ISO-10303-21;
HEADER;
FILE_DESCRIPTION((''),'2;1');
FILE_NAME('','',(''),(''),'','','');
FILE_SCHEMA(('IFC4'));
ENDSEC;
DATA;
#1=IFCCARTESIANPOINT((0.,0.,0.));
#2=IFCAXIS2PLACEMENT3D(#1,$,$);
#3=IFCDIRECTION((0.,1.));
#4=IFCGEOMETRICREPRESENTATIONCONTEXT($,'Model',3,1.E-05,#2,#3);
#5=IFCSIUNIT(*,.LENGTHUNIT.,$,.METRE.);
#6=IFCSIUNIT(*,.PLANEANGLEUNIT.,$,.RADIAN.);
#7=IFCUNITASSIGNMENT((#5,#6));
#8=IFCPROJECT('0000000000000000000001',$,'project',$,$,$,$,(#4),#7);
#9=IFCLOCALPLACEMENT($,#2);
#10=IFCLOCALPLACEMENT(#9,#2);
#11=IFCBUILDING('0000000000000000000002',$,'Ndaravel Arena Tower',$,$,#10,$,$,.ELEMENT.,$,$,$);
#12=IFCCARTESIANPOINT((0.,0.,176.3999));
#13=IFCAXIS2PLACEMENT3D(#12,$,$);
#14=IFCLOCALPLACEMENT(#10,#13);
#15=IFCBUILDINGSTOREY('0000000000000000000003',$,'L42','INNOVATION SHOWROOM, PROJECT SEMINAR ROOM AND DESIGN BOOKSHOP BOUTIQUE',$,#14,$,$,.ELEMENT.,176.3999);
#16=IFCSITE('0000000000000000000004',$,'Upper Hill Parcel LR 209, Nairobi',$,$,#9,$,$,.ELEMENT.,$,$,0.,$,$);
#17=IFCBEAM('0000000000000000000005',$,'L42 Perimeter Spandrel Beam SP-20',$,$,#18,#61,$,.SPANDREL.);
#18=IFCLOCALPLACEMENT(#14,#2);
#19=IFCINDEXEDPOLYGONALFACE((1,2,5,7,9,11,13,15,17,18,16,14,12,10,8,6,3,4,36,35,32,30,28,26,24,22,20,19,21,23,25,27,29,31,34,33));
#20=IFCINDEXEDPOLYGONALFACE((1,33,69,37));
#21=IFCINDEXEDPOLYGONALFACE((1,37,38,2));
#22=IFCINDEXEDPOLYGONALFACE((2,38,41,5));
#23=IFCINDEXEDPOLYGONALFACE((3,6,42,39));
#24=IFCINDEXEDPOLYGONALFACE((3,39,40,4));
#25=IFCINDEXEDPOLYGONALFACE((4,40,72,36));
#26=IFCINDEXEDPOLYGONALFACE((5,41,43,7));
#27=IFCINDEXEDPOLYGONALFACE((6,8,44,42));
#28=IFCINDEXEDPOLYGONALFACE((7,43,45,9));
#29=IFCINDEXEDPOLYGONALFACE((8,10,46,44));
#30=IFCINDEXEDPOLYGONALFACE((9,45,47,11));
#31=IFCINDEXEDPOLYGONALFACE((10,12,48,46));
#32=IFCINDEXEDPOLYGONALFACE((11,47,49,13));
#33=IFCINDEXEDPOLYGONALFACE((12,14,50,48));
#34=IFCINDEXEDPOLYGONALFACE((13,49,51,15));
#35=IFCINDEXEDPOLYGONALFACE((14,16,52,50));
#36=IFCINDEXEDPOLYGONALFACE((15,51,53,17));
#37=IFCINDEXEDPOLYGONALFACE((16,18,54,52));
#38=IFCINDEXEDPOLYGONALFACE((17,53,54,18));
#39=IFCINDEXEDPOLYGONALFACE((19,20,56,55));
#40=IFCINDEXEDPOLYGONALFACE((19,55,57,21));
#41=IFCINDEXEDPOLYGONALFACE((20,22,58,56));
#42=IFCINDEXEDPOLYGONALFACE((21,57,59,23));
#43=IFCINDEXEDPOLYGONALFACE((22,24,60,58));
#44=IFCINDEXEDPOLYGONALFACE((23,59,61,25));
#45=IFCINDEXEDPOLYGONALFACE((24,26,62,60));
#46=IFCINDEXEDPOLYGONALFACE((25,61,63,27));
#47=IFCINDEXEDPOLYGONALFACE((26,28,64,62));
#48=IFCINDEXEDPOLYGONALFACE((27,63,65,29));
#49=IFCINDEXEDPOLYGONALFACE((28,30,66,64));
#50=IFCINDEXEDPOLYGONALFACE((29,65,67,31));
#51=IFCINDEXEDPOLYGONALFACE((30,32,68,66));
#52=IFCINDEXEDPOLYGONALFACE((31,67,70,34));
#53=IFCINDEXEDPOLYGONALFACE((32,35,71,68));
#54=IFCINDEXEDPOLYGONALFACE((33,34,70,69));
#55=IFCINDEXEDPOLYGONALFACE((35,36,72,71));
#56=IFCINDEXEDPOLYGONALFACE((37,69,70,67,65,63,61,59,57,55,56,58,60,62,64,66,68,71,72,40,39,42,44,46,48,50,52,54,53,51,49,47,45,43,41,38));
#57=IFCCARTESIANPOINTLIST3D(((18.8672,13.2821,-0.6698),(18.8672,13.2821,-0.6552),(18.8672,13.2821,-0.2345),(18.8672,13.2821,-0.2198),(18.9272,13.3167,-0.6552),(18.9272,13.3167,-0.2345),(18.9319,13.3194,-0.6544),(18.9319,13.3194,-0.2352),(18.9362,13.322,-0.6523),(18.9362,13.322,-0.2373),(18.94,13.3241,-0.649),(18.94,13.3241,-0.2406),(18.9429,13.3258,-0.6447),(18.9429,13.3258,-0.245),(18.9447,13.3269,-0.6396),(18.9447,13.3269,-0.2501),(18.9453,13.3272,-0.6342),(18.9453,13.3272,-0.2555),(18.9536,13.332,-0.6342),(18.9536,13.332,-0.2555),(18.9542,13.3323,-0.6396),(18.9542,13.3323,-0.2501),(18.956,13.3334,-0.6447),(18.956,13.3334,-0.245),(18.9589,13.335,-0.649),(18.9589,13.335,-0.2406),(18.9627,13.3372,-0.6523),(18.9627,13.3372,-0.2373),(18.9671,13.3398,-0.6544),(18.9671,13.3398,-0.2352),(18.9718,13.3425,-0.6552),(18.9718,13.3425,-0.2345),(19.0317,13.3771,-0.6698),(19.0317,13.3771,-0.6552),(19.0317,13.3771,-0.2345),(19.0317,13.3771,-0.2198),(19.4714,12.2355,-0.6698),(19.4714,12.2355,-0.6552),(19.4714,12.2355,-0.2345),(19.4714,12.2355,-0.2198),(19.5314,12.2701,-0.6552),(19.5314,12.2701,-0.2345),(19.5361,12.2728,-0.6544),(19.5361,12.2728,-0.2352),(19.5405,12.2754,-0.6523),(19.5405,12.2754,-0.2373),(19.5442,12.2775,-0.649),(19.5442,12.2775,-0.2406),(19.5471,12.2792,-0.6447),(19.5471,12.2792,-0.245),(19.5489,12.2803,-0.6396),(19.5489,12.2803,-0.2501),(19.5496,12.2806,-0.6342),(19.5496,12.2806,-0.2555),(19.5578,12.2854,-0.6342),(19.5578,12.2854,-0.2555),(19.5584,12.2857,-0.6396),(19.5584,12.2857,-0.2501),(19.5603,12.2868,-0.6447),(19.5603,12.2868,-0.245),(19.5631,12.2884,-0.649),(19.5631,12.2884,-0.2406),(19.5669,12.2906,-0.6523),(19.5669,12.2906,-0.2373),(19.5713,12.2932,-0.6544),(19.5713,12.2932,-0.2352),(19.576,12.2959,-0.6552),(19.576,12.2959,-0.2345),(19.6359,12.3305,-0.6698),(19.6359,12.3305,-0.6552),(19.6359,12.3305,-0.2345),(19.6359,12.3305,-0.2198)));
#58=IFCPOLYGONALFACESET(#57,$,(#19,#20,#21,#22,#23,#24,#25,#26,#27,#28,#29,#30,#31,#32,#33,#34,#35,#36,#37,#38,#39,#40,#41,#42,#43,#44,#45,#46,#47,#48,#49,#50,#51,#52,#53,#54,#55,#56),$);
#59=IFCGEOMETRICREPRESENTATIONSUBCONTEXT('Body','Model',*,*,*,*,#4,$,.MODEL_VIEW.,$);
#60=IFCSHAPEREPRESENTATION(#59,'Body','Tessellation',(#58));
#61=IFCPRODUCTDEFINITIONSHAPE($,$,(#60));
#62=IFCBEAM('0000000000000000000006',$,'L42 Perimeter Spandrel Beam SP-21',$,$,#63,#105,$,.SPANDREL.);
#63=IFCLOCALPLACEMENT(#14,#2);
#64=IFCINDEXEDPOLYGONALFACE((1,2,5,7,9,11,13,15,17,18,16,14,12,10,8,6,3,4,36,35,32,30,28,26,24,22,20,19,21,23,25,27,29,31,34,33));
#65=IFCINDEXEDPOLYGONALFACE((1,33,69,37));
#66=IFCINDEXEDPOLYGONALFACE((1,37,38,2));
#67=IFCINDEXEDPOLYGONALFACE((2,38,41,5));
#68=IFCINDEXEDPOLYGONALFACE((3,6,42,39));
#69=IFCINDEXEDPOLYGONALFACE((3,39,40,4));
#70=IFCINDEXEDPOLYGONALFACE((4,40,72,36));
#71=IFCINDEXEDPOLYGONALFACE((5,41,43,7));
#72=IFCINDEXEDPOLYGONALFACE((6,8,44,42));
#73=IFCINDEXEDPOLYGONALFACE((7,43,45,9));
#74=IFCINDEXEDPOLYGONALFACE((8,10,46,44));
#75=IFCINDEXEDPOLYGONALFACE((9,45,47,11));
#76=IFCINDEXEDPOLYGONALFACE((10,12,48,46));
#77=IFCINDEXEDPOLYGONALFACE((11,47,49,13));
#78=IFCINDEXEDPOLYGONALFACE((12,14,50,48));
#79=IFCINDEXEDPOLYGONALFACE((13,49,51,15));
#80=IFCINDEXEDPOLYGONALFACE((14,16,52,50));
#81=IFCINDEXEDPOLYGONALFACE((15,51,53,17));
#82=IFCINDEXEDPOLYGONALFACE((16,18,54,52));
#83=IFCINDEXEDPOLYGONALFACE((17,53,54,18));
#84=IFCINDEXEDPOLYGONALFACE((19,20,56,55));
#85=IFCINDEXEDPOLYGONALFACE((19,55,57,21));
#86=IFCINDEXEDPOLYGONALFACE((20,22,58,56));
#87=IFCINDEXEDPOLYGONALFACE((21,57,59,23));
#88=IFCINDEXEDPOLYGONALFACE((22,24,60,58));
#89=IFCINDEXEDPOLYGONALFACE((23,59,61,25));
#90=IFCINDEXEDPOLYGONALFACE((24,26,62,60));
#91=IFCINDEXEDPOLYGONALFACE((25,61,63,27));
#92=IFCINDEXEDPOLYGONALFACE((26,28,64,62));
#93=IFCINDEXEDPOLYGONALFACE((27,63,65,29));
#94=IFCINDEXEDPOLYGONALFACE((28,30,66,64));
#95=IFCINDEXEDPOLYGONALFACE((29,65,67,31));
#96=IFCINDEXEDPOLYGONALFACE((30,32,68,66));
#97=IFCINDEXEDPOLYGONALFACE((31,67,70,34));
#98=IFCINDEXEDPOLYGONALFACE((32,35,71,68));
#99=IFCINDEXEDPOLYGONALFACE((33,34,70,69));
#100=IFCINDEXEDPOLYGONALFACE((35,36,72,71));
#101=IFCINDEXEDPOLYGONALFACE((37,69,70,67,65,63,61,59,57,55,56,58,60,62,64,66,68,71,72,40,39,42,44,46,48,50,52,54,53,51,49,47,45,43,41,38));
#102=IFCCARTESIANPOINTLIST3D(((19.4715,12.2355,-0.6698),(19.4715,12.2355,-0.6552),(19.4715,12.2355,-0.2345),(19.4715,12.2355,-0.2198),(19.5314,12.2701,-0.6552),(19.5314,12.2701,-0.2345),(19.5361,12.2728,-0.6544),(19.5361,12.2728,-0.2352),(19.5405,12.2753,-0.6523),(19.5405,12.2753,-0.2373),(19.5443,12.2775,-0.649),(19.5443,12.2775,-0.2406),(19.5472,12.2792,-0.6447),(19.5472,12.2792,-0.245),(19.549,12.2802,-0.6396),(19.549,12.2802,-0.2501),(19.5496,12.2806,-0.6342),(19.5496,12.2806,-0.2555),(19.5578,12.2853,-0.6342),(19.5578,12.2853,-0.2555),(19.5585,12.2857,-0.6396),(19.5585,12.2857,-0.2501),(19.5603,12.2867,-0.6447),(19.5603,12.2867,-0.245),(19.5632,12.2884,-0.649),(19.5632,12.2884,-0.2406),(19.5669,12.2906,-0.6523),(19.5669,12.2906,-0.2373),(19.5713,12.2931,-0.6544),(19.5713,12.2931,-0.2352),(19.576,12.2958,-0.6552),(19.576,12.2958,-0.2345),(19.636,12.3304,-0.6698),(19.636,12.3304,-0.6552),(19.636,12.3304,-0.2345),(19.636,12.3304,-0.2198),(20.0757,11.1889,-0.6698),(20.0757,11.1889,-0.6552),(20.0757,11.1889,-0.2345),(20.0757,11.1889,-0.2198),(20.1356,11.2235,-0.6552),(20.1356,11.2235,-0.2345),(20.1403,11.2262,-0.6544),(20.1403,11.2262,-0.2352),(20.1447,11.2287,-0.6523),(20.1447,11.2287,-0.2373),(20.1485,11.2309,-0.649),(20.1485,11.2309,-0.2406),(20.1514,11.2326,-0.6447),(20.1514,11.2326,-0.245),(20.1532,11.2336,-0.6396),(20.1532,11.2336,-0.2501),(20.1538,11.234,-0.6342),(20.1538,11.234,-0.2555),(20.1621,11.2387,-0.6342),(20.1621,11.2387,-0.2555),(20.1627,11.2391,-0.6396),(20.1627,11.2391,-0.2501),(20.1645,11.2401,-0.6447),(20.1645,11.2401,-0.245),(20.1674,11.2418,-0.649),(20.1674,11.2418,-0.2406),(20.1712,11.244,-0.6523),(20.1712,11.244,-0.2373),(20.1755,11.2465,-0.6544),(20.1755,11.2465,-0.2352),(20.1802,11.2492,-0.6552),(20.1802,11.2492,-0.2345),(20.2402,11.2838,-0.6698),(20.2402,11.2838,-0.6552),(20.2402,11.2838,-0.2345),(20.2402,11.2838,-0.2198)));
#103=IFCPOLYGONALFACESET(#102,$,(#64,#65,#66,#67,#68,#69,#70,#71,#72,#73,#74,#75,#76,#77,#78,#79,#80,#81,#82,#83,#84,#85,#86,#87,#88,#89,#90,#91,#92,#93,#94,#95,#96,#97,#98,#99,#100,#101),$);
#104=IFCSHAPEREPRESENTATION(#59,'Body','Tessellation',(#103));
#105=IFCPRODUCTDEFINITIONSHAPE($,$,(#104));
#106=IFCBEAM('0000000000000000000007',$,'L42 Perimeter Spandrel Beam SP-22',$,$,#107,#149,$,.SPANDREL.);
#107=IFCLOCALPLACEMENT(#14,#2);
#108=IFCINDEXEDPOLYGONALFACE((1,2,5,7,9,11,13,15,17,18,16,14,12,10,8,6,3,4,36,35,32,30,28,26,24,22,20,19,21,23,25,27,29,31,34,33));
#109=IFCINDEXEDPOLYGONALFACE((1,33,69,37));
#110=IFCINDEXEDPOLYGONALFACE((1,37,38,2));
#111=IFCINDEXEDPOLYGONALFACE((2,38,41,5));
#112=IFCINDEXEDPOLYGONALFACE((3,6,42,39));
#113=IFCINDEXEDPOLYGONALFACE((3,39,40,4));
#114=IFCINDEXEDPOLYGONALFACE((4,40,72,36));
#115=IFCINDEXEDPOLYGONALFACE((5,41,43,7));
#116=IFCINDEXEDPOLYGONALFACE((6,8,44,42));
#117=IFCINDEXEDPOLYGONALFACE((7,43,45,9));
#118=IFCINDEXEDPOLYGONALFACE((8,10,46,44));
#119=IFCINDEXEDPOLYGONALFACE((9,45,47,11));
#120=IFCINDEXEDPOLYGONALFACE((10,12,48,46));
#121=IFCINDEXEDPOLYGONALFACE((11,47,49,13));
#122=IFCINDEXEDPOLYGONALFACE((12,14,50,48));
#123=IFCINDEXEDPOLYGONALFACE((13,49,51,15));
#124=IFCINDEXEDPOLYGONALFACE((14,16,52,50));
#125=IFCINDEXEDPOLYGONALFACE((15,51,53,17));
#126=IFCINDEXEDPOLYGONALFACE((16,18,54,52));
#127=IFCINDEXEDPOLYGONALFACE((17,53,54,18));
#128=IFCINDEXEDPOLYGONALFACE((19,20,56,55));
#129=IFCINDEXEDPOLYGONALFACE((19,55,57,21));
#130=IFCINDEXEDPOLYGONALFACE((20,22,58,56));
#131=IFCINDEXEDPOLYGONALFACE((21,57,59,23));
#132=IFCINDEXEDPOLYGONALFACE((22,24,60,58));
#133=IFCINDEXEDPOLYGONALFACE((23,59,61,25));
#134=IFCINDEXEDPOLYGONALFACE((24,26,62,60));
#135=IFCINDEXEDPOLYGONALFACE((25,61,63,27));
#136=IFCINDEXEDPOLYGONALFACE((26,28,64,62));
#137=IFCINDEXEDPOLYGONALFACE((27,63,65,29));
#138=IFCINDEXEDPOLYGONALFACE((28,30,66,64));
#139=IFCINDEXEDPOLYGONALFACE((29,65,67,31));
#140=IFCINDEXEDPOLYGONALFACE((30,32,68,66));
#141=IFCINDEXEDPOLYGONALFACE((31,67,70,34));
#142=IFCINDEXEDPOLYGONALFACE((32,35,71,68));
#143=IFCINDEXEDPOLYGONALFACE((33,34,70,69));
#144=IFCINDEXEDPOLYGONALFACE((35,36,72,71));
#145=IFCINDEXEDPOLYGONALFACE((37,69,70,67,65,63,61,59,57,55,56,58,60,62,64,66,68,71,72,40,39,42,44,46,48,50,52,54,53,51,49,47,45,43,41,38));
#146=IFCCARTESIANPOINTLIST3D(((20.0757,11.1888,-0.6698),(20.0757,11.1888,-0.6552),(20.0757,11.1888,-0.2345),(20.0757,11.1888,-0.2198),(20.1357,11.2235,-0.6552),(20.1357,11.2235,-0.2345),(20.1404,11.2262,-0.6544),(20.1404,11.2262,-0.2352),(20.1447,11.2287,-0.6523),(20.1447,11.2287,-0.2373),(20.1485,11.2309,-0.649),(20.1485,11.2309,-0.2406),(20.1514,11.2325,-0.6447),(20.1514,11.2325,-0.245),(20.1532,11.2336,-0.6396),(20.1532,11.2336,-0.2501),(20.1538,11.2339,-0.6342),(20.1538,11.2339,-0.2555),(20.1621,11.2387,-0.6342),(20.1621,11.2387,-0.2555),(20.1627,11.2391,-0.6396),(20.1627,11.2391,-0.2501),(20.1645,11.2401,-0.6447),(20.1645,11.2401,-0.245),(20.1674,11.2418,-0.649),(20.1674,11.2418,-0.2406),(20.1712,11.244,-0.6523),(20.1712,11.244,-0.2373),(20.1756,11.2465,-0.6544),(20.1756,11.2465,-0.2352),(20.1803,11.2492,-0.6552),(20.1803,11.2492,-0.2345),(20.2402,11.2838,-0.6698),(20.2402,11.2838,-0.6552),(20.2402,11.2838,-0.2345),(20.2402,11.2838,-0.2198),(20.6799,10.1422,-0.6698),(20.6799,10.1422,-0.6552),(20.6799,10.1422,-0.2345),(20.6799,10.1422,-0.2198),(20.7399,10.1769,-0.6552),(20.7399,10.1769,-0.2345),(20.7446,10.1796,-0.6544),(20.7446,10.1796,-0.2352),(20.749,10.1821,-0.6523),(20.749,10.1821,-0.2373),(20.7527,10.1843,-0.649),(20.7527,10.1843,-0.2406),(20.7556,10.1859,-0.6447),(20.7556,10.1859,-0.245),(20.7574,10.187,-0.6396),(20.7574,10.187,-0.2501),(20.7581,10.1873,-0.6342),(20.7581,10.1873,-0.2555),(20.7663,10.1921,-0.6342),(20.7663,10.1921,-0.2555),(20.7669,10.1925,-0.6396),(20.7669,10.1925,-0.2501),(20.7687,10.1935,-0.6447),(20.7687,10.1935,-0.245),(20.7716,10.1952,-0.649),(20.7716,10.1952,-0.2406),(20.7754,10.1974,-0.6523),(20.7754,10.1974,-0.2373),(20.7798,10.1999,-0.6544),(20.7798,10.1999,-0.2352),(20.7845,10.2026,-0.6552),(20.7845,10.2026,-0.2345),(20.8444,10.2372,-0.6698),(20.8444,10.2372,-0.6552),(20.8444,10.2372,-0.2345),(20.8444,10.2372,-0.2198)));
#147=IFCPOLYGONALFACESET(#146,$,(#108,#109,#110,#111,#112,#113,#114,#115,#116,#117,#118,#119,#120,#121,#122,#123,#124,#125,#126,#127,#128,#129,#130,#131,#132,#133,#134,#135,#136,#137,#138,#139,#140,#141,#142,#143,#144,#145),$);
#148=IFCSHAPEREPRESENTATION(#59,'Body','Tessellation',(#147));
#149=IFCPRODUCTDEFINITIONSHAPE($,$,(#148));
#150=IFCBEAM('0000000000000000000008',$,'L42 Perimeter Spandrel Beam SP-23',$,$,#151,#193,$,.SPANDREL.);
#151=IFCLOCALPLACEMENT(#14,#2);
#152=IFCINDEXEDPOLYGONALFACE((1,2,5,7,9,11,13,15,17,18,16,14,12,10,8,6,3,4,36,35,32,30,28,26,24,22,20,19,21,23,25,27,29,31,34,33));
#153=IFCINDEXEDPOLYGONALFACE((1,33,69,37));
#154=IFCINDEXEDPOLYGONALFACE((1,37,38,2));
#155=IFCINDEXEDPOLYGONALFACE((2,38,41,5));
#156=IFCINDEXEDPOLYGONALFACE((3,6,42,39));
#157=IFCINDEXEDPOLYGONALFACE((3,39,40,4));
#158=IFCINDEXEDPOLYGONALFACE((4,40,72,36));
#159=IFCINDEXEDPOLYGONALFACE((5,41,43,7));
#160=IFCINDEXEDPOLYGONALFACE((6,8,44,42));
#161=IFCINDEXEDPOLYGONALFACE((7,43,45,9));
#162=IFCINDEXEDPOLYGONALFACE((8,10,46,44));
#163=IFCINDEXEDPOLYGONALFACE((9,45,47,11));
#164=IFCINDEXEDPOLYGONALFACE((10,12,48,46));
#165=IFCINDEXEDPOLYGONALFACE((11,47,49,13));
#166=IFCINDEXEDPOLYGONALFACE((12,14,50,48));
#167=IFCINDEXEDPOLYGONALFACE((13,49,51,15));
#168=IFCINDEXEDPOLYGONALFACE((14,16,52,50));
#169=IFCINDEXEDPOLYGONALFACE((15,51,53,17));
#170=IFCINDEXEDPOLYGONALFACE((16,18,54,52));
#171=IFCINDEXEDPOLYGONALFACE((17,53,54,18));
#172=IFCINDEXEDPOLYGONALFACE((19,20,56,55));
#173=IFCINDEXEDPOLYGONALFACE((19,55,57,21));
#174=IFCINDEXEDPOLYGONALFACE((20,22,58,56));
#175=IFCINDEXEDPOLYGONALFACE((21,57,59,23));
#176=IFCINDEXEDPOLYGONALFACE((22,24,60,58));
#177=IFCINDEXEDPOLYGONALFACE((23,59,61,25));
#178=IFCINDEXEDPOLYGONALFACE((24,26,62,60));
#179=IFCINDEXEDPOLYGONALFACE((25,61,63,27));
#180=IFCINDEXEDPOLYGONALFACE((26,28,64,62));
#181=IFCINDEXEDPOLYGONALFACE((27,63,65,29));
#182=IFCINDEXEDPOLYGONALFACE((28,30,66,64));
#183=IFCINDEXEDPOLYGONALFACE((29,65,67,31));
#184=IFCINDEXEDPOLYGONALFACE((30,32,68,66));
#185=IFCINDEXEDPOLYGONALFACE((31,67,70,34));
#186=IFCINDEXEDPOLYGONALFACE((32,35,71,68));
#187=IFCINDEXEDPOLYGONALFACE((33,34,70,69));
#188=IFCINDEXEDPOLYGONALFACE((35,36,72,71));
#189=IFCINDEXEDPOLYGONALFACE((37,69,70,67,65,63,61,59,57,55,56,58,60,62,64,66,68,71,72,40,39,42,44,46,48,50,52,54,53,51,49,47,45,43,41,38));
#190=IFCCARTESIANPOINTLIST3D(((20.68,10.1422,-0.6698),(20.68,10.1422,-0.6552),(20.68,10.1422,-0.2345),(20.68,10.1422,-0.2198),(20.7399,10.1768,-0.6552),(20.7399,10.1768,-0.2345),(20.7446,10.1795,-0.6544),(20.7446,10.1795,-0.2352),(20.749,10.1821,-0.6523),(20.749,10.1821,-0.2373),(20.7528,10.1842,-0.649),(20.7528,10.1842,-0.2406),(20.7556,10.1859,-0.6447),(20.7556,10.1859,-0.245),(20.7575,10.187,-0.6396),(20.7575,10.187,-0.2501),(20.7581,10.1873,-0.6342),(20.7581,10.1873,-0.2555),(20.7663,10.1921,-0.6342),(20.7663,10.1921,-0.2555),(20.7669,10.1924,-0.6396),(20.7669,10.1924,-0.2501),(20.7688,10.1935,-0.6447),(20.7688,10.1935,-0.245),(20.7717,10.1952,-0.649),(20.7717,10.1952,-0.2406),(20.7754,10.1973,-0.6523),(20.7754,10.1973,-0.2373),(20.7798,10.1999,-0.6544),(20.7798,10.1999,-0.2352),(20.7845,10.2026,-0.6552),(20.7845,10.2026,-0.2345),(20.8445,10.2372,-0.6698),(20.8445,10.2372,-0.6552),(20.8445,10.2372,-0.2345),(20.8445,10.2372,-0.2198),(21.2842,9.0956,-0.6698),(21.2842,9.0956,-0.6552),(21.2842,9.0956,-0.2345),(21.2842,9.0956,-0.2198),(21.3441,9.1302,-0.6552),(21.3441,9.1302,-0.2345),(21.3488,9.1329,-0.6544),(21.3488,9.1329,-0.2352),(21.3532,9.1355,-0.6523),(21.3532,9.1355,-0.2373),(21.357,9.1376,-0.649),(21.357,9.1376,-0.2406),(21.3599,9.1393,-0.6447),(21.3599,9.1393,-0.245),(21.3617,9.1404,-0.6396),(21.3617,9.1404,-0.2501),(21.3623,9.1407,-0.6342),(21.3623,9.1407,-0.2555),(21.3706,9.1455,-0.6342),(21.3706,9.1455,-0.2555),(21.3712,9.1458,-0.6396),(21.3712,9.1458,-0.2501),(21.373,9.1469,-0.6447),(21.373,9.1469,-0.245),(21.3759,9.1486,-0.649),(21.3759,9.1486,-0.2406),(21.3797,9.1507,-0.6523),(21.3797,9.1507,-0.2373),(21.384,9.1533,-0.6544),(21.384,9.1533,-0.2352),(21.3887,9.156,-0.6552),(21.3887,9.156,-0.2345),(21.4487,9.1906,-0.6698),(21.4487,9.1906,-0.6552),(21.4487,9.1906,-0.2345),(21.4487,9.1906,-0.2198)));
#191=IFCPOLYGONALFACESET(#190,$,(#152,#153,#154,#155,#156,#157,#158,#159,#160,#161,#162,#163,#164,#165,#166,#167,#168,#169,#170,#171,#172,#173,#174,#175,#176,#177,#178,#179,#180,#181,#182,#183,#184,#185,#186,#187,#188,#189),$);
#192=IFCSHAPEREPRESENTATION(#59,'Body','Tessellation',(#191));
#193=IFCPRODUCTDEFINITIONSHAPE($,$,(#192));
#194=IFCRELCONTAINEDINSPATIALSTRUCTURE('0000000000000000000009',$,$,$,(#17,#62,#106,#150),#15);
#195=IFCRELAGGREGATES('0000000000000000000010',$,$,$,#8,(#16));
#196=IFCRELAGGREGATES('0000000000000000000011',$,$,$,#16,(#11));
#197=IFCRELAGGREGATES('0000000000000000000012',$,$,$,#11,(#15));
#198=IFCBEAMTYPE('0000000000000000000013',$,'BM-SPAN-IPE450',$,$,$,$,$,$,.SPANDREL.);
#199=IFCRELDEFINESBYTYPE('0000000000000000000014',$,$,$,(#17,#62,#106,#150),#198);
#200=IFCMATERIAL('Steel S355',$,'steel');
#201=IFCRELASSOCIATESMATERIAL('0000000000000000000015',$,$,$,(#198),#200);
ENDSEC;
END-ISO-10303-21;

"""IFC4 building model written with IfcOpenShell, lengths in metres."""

from ifc_helpers import new_model, si_unit, direction, frame, origin, origin_2d, place, context, subcontext, project, spatial, i_section, extrude, material, material_profile, profile_set, type_object, element, save


model = new_model("IFC4")

# Units and contexts
model_context = context("Model", 3, precision=1e-05, world=origin(), true_north=direction((0.0, 1.0)))
body_context = subcontext(model_context, "Body", "Model", "MODEL_VIEW")
ifc_project = project(units=[si_unit("LENGTHUNIT", "METRE"), si_unit("PLANEANGLEUNIT", "RADIAN")], contexts=[model_context])

# Site, building, storey
site_placement = place(None, origin())
site = spatial("IfcSite", under=ifc_project, at=site_placement, Name="Upper Hill Parcel LR 209, Nairobi", CompositionType="ELEMENT", RefElevation=0.0)
building_placement = place(site_placement, origin())
building = spatial("IfcBuilding", under=site, at=building_placement, Name="Ndaravel Arena Tower", CompositionType="ELEMENT")
storey_placement = place(building_placement, frame((0.0, 0.0, 176.3999)))
storey = spatial("IfcBuildingStorey", under=building, at=storey_placement, Name="L42", Description="INNOVATION SHOWROOM, PROJECT SEMINAR ROOM AND DESIGN BOOKSHOP BOUTIQUE", CompositionType="ELEMENT", Elevation=176.3999)

# Beams
ifc_material_1 = material(Name="Steel S355", Category="steel")
ifc_material_profile_1 = material_profile(ifc_material_1, i_section(OverallWidth=0.1899, OverallDepth=0.45, WebThickness=0.0095, FlangeThickness=0.0146, FilletRadius=0.021, at=origin_2d()), Name="IPE 450")
ifc_profile_set_1 = profile_set([ifc_material_profile_1], Name="Steel S355")
beam_type = type_object("IfcBeamType", Name="BM-SPAN-IPE450", PredefinedType="SPANDREL", material=ifc_profile_set_1)
for number, where, z_axis, x_axis, name in (
    (1, (18.9495, 13.3296, -0.4448), (0.499985, -0.866034, 0.0), (0.866034, 0.499985, 0.0), "L42 Perimeter Spandrel Beam SP-20"),
    (2, (19.5537, 12.283, -0.4448), (0.499985, -0.866034, 0.0), (0.866034, 0.499985, 0.0), "L42 Perimeter Spandrel Beam SP-21"),
    (3, (20.158, 11.2363, -0.4448), (0.499985, -0.866034, 0.0), (0.866034, 0.499985, 0.0), "L42 Perimeter Spandrel Beam SP-22"),
    (4, (20.7622, 10.1897, -0.4448), (0.499985, -0.866034, 0.0), (0.866034, 0.499985, 0.0), "L42 Perimeter Spandrel Beam SP-23"),
):
    element("IfcBeam", number, at=place(storey_placement, frame(where, z_axis=z_axis, x_axis=x_axis)), inside=storey, type_object=beam_type, Name=name, PredefinedType="SPANDREL", context=body_context, shape_type="SweptSolid", body=[
        extrude(i_section(OverallWidth=0.1899, OverallDepth=0.45, WebThickness=0.0095, FlangeThickness=0.0146, FilletRadius=0.021, at=origin_2d()), origin(), (0.0, 0.0, 1.0), 1.2085),
    ])

save(model, "model.ifc")
